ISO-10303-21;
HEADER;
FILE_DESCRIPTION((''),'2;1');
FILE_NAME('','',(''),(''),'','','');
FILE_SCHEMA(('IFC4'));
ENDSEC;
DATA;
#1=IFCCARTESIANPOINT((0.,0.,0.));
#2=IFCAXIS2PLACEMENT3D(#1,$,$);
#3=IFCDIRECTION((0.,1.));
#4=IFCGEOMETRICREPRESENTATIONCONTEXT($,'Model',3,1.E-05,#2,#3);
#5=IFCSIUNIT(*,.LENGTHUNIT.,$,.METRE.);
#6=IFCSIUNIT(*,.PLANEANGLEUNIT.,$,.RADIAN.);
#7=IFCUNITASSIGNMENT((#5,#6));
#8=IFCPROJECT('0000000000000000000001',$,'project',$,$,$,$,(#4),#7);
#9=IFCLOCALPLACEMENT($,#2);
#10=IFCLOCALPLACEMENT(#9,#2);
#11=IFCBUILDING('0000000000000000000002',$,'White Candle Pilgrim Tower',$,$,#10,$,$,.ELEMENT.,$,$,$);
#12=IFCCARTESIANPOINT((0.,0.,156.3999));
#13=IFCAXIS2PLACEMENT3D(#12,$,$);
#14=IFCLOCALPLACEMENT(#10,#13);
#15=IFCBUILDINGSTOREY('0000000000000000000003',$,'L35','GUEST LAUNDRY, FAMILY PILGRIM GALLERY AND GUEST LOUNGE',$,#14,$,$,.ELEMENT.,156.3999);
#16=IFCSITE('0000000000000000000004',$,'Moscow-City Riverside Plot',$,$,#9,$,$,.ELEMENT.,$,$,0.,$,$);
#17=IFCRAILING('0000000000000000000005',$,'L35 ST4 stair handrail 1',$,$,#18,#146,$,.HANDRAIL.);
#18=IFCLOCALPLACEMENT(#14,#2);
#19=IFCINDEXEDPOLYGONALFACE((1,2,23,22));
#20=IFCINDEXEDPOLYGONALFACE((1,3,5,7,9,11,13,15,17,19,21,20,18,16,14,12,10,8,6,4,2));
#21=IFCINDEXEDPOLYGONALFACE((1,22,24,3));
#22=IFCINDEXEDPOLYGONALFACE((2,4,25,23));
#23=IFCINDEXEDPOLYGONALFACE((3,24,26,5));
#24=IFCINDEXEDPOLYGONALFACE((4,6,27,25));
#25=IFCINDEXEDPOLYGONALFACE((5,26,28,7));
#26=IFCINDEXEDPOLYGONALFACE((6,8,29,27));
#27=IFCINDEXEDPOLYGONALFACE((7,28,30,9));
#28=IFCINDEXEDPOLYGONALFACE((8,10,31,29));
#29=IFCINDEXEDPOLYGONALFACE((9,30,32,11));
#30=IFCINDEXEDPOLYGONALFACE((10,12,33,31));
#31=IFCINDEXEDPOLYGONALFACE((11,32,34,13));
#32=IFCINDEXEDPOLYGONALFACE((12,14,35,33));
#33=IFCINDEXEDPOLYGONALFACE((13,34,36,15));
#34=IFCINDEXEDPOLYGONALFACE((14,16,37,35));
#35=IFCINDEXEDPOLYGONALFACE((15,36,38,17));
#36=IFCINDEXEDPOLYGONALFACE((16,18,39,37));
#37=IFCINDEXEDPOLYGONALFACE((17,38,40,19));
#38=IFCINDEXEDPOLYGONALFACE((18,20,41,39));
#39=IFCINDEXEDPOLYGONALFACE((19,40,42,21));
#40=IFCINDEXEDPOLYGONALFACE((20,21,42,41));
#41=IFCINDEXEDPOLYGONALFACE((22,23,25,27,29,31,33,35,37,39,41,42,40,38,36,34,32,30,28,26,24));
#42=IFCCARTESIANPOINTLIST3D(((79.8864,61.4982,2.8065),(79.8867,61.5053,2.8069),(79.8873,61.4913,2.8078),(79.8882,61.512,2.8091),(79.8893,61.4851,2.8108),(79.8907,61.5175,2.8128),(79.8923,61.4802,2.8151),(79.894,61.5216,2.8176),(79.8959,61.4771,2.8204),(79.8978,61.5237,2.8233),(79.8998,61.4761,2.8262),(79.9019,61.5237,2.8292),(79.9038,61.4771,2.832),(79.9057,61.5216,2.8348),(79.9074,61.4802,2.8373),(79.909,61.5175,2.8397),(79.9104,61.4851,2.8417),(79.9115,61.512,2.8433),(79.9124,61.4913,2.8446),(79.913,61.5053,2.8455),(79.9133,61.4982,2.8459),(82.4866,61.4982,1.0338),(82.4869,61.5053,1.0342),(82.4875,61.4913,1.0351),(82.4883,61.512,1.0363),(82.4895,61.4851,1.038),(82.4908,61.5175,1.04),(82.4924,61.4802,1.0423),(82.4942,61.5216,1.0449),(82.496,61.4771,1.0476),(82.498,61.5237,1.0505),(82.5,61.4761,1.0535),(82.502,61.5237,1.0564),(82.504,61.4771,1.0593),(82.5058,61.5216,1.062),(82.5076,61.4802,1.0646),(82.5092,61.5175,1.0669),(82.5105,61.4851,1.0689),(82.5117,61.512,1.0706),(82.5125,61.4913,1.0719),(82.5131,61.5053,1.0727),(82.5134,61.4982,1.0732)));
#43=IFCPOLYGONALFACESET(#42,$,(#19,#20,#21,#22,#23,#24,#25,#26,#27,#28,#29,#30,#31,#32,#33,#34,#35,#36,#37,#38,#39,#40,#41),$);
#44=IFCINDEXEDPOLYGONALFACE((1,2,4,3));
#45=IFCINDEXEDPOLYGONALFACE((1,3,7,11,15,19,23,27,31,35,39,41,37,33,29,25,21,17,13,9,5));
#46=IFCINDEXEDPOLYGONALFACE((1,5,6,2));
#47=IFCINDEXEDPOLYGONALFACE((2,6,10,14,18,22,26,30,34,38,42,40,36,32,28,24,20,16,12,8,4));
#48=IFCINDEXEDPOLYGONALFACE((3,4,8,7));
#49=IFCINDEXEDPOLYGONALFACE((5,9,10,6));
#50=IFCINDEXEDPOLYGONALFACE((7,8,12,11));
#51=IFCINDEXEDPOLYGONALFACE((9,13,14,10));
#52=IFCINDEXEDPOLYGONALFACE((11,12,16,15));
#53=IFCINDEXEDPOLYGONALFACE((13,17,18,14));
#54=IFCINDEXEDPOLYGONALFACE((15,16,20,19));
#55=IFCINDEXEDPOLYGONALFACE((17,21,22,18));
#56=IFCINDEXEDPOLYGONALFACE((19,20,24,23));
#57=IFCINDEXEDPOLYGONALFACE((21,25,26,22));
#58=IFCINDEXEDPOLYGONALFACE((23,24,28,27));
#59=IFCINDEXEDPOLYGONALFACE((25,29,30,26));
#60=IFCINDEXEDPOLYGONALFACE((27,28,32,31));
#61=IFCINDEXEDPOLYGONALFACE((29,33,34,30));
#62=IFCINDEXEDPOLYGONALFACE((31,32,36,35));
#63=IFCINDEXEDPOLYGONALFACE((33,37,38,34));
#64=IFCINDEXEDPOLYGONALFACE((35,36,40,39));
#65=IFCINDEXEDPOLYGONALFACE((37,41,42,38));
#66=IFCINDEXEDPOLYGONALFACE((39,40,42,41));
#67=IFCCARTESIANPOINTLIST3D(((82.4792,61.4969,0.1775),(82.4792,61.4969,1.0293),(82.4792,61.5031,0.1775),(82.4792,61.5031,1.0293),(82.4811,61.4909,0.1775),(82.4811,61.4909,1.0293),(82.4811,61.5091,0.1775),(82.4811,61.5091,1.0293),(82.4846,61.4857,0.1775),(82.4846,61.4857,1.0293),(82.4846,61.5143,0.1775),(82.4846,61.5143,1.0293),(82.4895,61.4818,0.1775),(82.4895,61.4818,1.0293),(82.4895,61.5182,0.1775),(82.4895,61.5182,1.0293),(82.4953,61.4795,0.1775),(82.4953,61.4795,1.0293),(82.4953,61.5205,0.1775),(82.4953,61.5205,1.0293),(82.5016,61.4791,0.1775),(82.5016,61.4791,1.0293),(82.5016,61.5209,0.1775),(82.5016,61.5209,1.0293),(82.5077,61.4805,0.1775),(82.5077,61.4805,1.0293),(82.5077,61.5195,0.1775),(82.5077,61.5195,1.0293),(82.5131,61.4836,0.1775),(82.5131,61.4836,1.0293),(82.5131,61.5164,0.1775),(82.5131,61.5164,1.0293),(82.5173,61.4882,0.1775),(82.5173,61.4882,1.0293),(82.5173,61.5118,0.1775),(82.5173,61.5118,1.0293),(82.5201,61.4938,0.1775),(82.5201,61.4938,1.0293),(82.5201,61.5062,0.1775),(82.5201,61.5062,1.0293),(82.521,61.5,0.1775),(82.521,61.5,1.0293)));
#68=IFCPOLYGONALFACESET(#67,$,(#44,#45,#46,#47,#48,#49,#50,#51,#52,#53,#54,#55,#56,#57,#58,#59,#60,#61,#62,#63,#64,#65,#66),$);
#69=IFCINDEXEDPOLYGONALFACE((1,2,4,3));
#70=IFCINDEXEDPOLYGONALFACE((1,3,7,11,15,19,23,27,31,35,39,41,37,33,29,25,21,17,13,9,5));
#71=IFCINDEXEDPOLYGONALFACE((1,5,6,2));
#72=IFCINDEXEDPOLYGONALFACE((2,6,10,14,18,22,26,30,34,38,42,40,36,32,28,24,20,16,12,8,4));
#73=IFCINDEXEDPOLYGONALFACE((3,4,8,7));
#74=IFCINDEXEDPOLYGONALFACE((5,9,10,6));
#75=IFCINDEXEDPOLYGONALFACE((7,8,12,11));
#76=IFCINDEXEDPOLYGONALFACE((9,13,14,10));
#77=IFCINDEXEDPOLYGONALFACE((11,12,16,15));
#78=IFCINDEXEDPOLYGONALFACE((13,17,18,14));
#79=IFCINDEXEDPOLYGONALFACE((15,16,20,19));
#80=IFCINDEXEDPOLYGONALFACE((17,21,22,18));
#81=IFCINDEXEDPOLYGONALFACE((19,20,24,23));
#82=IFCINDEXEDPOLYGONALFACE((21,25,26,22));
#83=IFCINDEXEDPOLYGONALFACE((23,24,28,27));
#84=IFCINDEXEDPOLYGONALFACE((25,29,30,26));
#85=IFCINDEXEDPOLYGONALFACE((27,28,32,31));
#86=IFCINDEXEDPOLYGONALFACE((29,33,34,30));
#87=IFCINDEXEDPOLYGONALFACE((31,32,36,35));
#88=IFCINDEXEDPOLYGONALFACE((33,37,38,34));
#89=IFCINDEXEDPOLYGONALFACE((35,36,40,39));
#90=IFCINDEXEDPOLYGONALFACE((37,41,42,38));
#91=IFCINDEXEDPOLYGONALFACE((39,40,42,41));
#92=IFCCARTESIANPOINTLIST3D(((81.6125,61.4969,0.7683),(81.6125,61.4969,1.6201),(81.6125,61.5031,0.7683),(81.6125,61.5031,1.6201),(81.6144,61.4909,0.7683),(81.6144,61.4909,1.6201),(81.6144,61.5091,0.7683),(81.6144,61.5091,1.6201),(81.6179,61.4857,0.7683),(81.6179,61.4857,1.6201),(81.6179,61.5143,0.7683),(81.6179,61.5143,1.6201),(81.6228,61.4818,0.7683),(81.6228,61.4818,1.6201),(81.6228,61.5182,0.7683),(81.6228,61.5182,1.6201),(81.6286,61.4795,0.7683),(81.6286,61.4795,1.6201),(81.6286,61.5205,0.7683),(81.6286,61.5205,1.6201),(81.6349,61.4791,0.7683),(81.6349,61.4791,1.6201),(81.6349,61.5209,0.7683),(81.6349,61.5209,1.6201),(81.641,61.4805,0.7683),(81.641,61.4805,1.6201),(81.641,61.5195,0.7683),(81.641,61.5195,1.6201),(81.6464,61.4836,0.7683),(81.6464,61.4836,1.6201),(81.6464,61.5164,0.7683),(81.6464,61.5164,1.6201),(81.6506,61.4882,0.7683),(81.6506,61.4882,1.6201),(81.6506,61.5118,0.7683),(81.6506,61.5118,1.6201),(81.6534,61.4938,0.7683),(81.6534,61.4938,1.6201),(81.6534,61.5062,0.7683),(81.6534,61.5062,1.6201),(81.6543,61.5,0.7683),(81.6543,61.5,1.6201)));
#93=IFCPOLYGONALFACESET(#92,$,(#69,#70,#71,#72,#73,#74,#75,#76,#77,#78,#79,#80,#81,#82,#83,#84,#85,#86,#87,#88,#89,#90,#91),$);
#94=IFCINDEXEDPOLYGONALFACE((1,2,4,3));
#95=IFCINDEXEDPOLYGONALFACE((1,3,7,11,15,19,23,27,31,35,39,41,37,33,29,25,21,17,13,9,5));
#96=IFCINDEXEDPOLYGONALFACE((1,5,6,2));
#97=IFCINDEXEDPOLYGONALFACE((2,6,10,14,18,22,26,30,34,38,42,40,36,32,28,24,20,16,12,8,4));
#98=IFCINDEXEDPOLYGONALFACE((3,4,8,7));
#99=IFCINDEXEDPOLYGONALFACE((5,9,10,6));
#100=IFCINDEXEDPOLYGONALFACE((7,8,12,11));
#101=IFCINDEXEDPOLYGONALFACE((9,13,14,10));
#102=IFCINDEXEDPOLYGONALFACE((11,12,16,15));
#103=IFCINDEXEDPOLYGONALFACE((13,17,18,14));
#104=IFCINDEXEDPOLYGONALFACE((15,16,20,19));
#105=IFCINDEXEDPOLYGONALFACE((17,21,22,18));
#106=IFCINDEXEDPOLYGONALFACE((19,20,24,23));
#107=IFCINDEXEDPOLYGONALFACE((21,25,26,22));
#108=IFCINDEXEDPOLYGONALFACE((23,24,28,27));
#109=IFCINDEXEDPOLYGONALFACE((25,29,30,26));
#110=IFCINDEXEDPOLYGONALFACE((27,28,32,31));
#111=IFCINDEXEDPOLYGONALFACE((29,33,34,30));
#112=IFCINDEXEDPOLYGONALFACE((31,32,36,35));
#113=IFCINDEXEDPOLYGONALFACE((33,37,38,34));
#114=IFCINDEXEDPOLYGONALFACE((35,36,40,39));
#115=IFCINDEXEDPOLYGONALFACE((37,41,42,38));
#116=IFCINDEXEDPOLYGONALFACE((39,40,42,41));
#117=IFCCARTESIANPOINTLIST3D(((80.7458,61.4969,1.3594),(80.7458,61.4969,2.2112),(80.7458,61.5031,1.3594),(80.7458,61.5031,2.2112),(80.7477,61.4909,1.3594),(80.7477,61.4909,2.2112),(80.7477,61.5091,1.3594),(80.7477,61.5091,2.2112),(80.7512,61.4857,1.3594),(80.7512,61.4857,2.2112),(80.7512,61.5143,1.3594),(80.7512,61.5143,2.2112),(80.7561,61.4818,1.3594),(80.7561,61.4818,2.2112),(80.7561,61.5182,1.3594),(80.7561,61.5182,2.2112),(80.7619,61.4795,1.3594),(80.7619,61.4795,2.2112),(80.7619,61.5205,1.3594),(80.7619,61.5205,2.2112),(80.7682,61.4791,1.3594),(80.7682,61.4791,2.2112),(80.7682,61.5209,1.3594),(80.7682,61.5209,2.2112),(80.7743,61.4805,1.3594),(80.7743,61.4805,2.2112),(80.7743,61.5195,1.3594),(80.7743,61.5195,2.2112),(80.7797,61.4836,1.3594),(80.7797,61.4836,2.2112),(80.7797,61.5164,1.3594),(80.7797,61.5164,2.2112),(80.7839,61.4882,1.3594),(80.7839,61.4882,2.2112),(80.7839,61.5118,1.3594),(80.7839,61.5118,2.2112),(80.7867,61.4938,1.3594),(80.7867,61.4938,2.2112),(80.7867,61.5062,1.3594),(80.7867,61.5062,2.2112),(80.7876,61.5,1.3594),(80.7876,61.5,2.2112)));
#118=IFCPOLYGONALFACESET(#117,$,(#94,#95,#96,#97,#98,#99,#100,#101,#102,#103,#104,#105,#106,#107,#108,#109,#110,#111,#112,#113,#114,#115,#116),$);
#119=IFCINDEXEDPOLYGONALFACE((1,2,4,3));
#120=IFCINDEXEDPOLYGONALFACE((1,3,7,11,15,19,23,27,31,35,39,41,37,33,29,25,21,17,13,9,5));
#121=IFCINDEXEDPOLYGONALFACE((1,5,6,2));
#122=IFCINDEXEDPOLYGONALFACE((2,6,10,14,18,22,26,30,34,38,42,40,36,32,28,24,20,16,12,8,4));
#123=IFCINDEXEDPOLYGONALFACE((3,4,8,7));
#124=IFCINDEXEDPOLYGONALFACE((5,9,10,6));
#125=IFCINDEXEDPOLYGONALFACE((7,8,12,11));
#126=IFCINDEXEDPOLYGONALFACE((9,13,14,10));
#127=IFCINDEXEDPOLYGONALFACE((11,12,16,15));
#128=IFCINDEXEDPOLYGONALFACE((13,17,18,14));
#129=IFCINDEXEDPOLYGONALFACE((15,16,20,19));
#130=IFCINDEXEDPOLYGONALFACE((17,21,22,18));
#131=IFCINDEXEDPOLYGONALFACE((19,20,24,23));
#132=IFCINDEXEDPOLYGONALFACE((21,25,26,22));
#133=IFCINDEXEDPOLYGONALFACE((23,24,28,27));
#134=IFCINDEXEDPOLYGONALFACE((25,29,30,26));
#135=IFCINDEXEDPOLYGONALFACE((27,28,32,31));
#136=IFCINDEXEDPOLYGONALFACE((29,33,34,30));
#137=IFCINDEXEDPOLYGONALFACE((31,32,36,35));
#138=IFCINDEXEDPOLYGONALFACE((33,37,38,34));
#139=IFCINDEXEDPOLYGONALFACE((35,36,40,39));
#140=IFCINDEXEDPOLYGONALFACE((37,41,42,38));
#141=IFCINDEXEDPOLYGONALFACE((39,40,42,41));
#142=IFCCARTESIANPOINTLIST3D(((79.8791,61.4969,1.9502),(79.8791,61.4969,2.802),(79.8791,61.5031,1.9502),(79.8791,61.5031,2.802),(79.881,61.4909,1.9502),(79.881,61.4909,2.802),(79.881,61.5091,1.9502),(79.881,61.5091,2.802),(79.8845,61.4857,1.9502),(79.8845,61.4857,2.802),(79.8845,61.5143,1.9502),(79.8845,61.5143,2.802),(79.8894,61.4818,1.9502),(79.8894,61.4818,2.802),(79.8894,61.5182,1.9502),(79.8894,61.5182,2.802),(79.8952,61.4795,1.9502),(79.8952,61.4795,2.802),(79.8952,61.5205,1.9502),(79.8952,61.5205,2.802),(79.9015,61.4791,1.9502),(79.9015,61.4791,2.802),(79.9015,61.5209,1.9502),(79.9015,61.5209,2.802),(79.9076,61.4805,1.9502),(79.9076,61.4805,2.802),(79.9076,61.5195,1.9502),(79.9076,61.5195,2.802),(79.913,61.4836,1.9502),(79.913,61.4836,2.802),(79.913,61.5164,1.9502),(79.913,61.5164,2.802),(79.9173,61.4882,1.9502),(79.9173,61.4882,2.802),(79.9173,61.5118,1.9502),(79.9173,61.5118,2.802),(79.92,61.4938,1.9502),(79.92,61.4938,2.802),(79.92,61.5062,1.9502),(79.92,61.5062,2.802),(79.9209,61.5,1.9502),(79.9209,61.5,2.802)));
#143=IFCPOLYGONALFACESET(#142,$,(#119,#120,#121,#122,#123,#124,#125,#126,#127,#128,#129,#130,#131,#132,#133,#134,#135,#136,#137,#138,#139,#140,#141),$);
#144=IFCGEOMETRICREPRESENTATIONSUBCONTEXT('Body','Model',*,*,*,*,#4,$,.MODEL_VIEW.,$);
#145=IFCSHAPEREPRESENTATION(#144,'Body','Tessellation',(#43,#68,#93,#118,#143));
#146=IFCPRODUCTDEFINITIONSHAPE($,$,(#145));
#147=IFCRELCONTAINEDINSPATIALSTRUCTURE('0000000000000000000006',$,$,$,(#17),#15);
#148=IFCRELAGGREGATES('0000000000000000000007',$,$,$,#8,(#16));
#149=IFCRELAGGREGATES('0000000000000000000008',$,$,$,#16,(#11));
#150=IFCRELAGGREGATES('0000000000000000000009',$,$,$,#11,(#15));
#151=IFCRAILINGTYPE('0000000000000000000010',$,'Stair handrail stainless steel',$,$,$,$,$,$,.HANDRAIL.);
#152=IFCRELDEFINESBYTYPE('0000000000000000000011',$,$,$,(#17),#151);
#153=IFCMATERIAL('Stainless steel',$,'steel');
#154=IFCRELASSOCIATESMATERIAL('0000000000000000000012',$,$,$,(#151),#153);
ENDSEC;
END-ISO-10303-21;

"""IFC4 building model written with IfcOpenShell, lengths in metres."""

from ifc_helpers import new_model, si_unit, direction, frame, origin, origin_2d, place, context, subcontext, project, spatial, circle, extrude, material, type_object, element, save


model = new_model("IFC4")

# Units and contexts
model_context = context("Model", 3, precision=1e-05, world=origin(), true_north=direction((0.0, 1.0)))
body_context = subcontext(model_context, "Body", "Model", "MODEL_VIEW")
ifc_project = project(units=[si_unit("LENGTHUNIT", "METRE"), si_unit("PLANEANGLEUNIT", "RADIAN")], contexts=[model_context])

# Site, building, storey
site_placement = place(None, origin())
site = spatial("IfcSite", under=ifc_project, at=site_placement, Name="Moscow-City Riverside Plot", CompositionType="ELEMENT", RefElevation=0.0)
building_placement = place(site_placement, origin())
building = spatial("IfcBuilding", under=site, at=building_placement, Name="White Candle Pilgrim Tower", CompositionType="ELEMENT")
storey_placement = place(building_placement, frame((0.0, 0.0, 156.3999)))
storey = spatial("IfcBuildingStorey", under=building, at=storey_placement, Name="L35", Description="GUEST LAUNDRY, FAMILY PILGRIM GALLERY AND GUEST LOUNGE", CompositionType="ELEMENT", Elevation=156.3999)

# Railing
ifc_material_1 = material(Name="Stainless steel", Category="steel")
railing_type_1 = type_object("IfcRailingType", Name="Stair handrail stainless steel", PredefinedType="HANDRAIL", material=ifc_material_1)
railing_1_placement = place(storey_placement, frame((82.5, 61.5, 0.1775)))
element("IfcRailing", 1, at=railing_1_placement, inside=storey, type_object=railing_type_1, Name="L35 ST4 stair handrail 1", PredefinedType="HANDRAIL", context=body_context, shape_type="SweptSolid", body=[
    extrude(circle(Radius=0.0239, at=origin_2d()), frame((0.0, 0.0, 0.876), z_axis=(-0.82624, 0.0, 0.563318), x_axis=(0.0, -1.0, 0.0)), (0.0, 0.0, 1.0), 3.147),
    extrude(circle(Radius=0.021, at=origin_2d()), origin(), (0.0, 0.0, 1.0), 0.8518),
    extrude(circle(Radius=0.021, at=origin_2d()), frame((-0.8667, 0.0, 0.5908)), (0.0, 0.0, 1.0), 0.8518),
    extrude(circle(Radius=0.021, at=origin_2d()), frame((-1.7334, 0.0, 1.1819)), (0.0, 0.0, 1.0), 0.8518),
    extrude(circle(Radius=0.021, at=origin_2d()), frame((-2.6001, 0.0, 1.7727)), (0.0, 0.0, 1.0), 0.8518),
])

save(model, "model.ifc")
